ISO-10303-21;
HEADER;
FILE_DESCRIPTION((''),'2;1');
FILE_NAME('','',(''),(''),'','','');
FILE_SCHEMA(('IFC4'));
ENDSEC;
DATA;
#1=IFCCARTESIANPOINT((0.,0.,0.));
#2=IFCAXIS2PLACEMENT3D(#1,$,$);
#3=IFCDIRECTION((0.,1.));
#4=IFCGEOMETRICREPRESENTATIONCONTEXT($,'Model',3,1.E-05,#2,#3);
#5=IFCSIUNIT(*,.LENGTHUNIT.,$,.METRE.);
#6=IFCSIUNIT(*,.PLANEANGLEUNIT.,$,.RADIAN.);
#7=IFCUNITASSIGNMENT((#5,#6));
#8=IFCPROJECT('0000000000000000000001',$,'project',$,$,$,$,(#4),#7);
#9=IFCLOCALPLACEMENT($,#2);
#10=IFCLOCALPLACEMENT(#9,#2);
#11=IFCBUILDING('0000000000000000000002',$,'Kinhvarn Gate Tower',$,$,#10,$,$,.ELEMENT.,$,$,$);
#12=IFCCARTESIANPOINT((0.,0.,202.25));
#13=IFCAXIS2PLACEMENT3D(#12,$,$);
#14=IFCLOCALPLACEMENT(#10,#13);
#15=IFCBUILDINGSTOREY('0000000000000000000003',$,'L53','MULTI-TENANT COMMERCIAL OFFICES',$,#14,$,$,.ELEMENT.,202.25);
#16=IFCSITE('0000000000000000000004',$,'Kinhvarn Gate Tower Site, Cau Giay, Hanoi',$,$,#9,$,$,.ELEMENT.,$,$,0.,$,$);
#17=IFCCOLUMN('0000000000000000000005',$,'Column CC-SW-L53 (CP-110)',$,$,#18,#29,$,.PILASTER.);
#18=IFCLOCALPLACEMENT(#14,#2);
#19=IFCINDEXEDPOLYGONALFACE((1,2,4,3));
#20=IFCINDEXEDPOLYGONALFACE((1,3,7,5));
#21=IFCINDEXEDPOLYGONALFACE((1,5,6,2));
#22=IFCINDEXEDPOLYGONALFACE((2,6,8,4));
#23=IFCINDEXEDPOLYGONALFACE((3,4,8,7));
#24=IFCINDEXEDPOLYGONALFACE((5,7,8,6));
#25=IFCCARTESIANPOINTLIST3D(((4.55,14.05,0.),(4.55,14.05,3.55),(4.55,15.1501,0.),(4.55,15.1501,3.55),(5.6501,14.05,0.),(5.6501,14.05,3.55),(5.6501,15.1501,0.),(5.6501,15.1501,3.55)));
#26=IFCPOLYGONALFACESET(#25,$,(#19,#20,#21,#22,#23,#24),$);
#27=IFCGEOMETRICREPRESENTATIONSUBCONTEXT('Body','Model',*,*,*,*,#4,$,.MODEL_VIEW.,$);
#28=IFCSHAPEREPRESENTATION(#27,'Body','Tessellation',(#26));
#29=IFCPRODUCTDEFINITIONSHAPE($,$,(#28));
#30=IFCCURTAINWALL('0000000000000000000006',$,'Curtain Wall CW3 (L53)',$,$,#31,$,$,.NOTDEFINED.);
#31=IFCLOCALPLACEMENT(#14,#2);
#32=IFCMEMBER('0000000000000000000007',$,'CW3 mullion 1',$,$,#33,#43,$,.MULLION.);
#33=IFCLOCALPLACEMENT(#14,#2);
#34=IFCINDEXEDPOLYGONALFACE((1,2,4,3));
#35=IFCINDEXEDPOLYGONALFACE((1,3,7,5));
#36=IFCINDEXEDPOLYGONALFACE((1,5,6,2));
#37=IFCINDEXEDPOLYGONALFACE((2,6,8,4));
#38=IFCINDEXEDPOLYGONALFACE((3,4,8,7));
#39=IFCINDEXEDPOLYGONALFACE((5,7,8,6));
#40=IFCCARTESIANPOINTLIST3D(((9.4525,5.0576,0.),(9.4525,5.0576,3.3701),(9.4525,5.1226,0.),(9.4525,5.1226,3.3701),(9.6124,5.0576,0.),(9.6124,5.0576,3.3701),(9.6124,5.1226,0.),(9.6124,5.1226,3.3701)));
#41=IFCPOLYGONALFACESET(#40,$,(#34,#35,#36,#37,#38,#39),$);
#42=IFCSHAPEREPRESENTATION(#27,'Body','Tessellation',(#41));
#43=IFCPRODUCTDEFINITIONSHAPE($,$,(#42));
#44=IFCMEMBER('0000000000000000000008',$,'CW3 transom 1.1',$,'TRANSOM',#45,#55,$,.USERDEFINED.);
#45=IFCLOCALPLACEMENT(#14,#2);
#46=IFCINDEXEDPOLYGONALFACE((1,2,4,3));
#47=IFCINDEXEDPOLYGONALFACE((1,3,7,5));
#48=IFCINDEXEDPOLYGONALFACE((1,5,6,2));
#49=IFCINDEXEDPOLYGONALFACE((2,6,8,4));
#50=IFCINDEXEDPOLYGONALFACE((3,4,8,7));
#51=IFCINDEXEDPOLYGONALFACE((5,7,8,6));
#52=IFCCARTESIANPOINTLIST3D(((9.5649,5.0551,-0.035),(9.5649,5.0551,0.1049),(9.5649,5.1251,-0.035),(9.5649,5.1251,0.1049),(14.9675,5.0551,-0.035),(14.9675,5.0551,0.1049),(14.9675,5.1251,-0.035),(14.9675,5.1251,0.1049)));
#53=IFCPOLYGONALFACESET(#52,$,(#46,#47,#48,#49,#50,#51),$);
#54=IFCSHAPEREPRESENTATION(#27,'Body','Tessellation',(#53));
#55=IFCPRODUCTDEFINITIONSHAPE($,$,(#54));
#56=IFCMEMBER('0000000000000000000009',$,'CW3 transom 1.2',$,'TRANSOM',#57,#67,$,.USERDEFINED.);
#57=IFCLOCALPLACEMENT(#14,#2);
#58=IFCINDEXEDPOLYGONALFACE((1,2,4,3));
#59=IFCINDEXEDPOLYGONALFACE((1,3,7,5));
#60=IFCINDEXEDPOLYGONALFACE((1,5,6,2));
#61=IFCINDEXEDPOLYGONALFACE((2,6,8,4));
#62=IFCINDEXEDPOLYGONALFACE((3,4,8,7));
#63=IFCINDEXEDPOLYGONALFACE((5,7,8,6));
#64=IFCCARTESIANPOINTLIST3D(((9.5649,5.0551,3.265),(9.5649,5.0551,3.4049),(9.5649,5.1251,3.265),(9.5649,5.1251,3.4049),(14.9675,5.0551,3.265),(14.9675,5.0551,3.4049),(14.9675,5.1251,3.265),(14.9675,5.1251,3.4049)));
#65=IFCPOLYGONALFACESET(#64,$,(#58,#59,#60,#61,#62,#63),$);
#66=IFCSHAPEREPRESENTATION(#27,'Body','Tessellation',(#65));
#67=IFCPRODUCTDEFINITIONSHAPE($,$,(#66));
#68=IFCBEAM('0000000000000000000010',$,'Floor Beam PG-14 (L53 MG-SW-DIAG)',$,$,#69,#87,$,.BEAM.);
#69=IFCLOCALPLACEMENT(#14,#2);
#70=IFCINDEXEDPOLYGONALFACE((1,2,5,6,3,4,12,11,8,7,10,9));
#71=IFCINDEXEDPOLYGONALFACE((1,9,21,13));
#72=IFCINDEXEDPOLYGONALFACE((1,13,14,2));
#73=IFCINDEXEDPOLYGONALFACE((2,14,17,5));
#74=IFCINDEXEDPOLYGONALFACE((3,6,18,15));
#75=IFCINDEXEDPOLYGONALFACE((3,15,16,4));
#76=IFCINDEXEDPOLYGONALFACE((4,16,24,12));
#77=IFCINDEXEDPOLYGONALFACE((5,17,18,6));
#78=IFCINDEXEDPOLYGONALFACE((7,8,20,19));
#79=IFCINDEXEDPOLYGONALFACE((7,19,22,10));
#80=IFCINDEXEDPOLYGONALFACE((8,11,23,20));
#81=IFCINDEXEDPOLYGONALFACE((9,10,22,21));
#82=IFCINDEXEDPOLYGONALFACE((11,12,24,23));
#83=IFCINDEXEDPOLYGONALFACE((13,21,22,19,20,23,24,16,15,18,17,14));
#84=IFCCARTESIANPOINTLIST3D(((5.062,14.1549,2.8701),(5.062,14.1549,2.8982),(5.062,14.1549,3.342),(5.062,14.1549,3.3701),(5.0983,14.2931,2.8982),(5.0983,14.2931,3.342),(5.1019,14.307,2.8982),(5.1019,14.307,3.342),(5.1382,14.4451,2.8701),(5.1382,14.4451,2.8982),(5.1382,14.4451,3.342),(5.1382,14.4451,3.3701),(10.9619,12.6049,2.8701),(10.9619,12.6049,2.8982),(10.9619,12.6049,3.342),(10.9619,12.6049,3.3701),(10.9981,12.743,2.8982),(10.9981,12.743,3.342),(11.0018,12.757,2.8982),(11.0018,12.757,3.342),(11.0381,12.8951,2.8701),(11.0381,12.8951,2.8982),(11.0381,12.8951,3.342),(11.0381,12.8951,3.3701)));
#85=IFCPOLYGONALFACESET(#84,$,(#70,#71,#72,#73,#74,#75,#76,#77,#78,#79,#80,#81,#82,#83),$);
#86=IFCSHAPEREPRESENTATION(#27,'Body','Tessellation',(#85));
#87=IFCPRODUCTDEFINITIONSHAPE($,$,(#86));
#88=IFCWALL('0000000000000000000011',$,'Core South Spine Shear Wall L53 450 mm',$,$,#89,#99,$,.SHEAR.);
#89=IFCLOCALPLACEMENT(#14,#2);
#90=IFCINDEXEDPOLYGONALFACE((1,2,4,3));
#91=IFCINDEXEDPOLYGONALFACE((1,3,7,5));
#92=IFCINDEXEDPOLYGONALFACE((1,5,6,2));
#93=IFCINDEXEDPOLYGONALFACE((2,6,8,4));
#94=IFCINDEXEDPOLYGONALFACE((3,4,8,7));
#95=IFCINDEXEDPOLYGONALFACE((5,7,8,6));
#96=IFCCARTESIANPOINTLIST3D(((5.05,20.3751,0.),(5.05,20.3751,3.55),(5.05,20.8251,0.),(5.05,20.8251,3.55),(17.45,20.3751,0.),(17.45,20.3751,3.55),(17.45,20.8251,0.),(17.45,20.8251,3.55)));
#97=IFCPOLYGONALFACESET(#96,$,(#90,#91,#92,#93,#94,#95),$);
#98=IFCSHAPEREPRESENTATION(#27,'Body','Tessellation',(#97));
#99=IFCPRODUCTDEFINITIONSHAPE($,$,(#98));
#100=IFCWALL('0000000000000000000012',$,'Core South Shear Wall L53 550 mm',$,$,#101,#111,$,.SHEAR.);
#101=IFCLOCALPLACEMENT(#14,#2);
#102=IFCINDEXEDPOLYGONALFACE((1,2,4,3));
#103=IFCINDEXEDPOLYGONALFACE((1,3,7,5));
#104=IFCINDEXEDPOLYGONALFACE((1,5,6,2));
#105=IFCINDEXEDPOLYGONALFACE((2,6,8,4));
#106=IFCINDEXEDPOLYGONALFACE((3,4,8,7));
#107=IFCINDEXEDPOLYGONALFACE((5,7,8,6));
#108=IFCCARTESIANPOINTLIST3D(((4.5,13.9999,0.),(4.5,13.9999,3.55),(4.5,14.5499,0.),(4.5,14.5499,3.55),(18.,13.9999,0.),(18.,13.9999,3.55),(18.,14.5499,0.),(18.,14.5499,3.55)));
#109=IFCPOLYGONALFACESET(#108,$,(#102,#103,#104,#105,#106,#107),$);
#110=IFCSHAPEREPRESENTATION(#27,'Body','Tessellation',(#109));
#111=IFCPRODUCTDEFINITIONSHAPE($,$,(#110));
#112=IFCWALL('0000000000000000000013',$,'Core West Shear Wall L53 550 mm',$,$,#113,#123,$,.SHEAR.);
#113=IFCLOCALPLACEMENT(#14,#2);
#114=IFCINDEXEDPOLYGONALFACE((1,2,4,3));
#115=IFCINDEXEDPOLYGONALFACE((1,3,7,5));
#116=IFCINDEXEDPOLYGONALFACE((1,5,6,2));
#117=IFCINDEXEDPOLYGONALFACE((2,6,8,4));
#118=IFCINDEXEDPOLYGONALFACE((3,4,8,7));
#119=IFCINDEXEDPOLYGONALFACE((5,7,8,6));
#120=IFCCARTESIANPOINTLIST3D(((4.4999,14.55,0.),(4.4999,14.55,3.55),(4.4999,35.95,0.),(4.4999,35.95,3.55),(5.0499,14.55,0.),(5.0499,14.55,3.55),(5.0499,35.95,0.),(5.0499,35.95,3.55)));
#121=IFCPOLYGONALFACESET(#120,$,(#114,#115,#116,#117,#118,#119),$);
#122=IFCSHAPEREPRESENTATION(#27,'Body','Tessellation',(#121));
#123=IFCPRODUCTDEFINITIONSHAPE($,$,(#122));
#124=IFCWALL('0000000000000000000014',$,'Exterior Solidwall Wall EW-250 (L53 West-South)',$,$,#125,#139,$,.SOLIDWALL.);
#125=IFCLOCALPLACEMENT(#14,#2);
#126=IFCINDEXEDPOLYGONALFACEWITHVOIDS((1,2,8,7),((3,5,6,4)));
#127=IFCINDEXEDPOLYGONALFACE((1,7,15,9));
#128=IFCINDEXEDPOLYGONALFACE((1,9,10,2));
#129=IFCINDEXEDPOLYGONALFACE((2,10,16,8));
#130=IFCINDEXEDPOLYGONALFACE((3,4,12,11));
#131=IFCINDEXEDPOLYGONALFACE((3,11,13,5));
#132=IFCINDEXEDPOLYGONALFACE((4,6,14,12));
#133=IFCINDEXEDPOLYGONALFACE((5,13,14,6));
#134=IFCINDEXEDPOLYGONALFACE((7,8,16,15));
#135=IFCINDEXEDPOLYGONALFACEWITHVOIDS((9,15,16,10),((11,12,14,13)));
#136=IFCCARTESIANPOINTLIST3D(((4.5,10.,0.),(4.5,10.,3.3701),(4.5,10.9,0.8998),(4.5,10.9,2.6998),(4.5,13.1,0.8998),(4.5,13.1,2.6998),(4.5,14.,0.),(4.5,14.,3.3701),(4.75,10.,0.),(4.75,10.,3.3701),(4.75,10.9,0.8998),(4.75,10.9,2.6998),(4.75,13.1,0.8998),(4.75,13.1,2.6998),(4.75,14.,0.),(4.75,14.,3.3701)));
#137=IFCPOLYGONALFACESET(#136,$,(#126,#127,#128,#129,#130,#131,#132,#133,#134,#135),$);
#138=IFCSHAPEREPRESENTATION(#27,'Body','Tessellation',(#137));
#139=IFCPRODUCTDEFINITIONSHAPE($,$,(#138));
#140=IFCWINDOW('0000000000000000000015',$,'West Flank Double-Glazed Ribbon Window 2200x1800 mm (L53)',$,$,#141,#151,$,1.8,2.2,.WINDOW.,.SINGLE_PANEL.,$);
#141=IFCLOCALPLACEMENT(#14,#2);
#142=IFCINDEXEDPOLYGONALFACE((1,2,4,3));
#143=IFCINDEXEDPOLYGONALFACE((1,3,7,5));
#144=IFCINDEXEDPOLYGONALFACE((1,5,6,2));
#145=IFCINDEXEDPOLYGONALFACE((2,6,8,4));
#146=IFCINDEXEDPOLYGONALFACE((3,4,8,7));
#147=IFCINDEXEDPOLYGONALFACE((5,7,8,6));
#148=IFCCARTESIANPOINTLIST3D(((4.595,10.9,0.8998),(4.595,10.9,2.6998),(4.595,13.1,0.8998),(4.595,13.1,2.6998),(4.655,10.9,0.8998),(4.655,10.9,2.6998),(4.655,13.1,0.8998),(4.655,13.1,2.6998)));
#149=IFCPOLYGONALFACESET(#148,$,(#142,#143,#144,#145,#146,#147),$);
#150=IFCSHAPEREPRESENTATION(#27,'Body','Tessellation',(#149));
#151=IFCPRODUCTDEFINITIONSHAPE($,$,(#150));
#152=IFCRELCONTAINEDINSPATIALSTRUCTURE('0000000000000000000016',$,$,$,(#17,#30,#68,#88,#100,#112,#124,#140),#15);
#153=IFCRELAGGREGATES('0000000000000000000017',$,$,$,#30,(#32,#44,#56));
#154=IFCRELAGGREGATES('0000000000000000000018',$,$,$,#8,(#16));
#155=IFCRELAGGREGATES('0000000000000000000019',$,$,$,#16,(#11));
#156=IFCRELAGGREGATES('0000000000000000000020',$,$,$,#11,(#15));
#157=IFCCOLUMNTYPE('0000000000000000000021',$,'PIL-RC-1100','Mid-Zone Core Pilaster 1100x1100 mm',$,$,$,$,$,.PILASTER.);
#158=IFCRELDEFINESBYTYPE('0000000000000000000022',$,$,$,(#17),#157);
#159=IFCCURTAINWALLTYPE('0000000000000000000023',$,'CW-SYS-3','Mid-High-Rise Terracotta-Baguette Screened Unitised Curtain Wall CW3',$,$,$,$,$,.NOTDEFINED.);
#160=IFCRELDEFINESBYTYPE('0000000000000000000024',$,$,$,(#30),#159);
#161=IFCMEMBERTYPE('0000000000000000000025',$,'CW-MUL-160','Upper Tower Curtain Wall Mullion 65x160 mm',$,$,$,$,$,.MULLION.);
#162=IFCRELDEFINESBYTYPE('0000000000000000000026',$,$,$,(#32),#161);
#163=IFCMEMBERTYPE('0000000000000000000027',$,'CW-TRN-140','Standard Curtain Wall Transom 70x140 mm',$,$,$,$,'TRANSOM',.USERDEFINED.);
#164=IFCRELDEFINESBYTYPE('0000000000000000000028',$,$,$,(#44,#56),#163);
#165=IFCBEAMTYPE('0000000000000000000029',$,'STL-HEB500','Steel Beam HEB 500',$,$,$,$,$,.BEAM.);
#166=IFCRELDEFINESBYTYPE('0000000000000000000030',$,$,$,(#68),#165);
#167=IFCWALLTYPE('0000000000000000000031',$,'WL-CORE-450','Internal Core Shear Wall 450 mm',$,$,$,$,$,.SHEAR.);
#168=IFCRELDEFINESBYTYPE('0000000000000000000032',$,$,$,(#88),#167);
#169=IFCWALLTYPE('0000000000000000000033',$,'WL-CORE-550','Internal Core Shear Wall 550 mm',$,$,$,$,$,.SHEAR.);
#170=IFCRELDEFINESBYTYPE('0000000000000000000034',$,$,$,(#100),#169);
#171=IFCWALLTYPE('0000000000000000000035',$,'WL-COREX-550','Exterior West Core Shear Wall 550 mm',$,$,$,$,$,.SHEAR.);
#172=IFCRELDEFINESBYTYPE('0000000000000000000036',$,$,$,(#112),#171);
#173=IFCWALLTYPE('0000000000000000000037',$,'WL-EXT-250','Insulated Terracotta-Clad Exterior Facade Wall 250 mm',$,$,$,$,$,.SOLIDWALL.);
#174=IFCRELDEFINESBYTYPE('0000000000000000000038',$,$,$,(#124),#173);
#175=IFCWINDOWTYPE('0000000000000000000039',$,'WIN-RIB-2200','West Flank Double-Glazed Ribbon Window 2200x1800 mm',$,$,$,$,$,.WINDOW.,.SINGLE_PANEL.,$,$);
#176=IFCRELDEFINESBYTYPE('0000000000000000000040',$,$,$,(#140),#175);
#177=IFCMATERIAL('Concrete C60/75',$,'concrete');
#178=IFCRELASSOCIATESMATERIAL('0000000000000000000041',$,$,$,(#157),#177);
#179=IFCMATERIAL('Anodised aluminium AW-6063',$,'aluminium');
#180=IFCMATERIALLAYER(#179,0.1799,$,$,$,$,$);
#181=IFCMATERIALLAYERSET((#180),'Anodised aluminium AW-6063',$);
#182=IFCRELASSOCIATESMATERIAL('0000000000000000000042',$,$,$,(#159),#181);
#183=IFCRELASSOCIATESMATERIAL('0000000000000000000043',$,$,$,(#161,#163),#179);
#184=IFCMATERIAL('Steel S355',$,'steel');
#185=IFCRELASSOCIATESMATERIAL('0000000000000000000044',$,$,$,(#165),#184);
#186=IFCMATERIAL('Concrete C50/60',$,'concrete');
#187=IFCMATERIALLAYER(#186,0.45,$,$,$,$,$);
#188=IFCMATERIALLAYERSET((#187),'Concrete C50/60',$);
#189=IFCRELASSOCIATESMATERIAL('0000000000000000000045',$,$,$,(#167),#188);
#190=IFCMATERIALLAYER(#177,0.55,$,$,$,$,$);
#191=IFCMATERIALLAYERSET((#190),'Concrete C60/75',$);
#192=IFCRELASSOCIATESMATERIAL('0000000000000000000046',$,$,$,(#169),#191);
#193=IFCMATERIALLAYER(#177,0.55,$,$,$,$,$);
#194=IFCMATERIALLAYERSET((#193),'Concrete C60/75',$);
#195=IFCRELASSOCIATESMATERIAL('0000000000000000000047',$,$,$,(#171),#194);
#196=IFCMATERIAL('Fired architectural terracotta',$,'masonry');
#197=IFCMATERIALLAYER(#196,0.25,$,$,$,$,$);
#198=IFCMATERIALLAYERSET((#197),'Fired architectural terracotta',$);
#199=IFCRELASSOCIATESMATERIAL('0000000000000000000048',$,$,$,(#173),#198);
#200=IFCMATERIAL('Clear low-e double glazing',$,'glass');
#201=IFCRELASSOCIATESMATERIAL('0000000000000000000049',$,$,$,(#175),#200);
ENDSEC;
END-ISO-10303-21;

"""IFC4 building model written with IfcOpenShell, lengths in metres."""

from ifc_helpers import new_model, si_unit, direction, frame, frame_2d, origin, origin_2d, place, context, subcontext, project, spatial, rectangle, i_section, extrude, material, layer, layer_set, material_profile, profile_set, type_object, element, fill, aggregate, save


model = new_model("IFC4")

# Units and contexts
model_context = context("Model", 3, precision=1e-05, world=origin(), true_north=direction((0.0, 1.0)))
body_context = subcontext(model_context, "Body", "Model", "MODEL_VIEW")
ifc_project = project(units=[si_unit("LENGTHUNIT", "METRE"), si_unit("PLANEANGLEUNIT", "RADIAN")], contexts=[model_context])

# Site, building, storey
site_placement = place(None, origin())
site = spatial("IfcSite", under=ifc_project, at=site_placement, Name="Kinhvarn Gate Tower Site, Cau Giay, Hanoi", CompositionType="ELEMENT", RefElevation=0.0)
building_placement = place(site_placement, origin())
building = spatial("IfcBuilding", under=site, at=building_placement, Name="Kinhvarn Gate Tower", CompositionType="ELEMENT")
storey_placement = place(building_placement, frame((0.0, 0.0, 202.25)))
storey = spatial("IfcBuildingStorey", under=building, at=storey_placement, Name="L53", Description="MULTI-TENANT COMMERCIAL OFFICES", CompositionType="ELEMENT", Elevation=202.25)

# Column
ifc_material_1 = material(Name="Concrete C60/75", Category="concrete")
ifc_material_profile_1 = material_profile(ifc_material_1, rectangle(XDim=1.1001, YDim=1.1001, at=origin_2d()), Name="RC 1100x1100")
ifc_profile_set_1 = profile_set([ifc_material_profile_1], Name="Concrete C60/75")
column_type = type_object("IfcColumnType", Name="PIL-RC-1100", Description="Mid-Zone Core Pilaster 1100x1100 mm", PredefinedType="PILASTER", material=ifc_profile_set_1)
column_placement = place(storey_placement, frame((5.1001, 14.6001, 0.0), z_axis=(0.0, 0.0, 1.0), x_axis=(1.0, 0.0, 0.0)))
element("IfcColumn", 1, at=column_placement, inside=storey, type_object=column_type, Name="Column CC-SW-L53 (CP-110)", PredefinedType="PILASTER", context=body_context, shape_type="SweptSolid", body=[
    extrude(rectangle(XDim=1.1001, YDim=1.1001, at=origin_2d()), origin(), (0.0, 0.0, 1.0), 3.55),
])

# Curtain wall, members
ifc_material_2 = material(Name="Anodised aluminium AW-6063", Category="aluminium")
ifc_layer_1 = layer(ifc_material_2, 0.1799)
ifc_layer_set_1 = layer_set([ifc_layer_1], Name="Anodised aluminium AW-6063")
curtain_wall_type = type_object("IfcCurtainWallType", Name="CW-SYS-3", Description="Mid-High-Rise Terracotta-Baguette Screened Unitised Curtain Wall CW3", PredefinedType="NOTDEFINED", material=ifc_layer_set_1)
curtain_wall_placement = place(storey_placement, origin())
curtain_wall = element("IfcCurtainWall", 2, at=curtain_wall_placement, inside=storey, type_object=curtain_wall_type, Name="Curtain Wall CW3 (L53)", PredefinedType="NOTDEFINED")
ifc_material_profile_2 = material_profile(ifc_material_2, rectangle(XDim=0.0649, YDim=0.1599, at=origin_2d()), Name="ALU 65x160")
ifc_profile_set_2 = profile_set([ifc_material_profile_2], Name="Anodised aluminium AW-6063")
member_type_1 = type_object("IfcMemberType", Name="CW-MUL-160", Description="Upper Tower Curtain Wall Mullion 65x160 mm", PredefinedType="MULLION", material=ifc_profile_set_2)
member_1_placement = place(storey_placement, frame((9.5325, 5.0901, 0.0), z_axis=(0.0, 0.0, 1.0), x_axis=(0.0, 1.0, 0.0)))
member_1 = element("IfcMember", 3, at=member_1_placement, type_object=member_type_1, Name="CW3 mullion 1", PredefinedType="MULLION", context=body_context, shape_type="SweptSolid", body=[
    extrude(rectangle(XDim=0.0649, YDim=0.1599, at=origin_2d()), origin(), (0.0, 0.0, 1.0), 3.3701),
])
ifc_material_profile_3 = material_profile(ifc_material_2, rectangle(XDim=0.0701, YDim=0.1399, at=origin_2d()), Name="ALU 70x140")
ifc_profile_set_3 = profile_set([ifc_material_profile_3], Name="Anodised aluminium AW-6063")
member_type_2 = type_object("IfcMemberType", Name="CW-TRN-140", Description="Standard Curtain Wall Transom 70x140 mm", ElementType="TRANSOM", PredefinedType="USERDEFINED", material=ifc_profile_set_3)
member_2_placement = place(storey_placement, frame((9.5649, 5.0901, 0.0349), z_axis=(1.0, 0.0, 0.0), x_axis=(0.0, 1.0, 0.0)))
member_2 = element("IfcMember", 4, at=member_2_placement, type_object=member_type_2, Name="CW3 transom 1.1", ObjectType="TRANSOM", PredefinedType="USERDEFINED", context=body_context, shape_type="SweptSolid", body=[
    extrude(rectangle(XDim=0.0701, YDim=0.1399, at=origin_2d()), origin(), (0.0, 0.0, 1.0), 5.4026),
])
member_3_placement = place(storey_placement, frame((9.5649, 5.0901, 3.335), z_axis=(1.0, 0.0, 0.0), x_axis=(0.0, 1.0, 0.0)))
member_3 = element("IfcMember", 5, at=member_3_placement, type_object=member_type_2, Name="CW3 transom 1.2", ObjectType="TRANSOM", PredefinedType="USERDEFINED", context=body_context, shape_type="SweptSolid", body=[
    extrude(rectangle(XDim=0.0701, YDim=0.1399, at=origin_2d()), origin(), (0.0, 0.0, 1.0), 5.4026),
])
aggregate(curtain_wall, [member_1, member_2, member_3])

# Beam
ifc_material_3 = material(Name="Steel S355", Category="steel")
ifc_material_profile_4 = material_profile(ifc_material_3, i_section(OverallWidth=0.3, OverallDepth=0.5, WebThickness=0.0144, FlangeThickness=0.0281, at=origin_2d()), Name="HEB 500")
ifc_profile_set_4 = profile_set([ifc_material_profile_4], Name="Steel S355")
beam_type = type_object("IfcBeamType", Name="STL-HEB500", Description="Steel Beam HEB 500", PredefinedType="BEAM", material=ifc_profile_set_4)
beam_placement = place(storey_placement, frame((5.1001, 14.3, 3.1201), z_axis=(0.967178, -0.254101, 0.0), x_axis=(0.254101, 0.967178, 0.0)))
element("IfcBeam", 6, at=beam_placement, inside=storey, type_object=beam_type, Name="Floor Beam PG-14 (L53 MG-SW-DIAG)", PredefinedType="BEAM", context=body_context, shape_type="SweptSolid", body=[
    extrude(i_section(OverallWidth=0.3, OverallDepth=0.5, WebThickness=0.0144, FlangeThickness=0.0281, at=origin_2d()), origin(), (0.0, 0.0, 1.0), 6.1001),
])

# Walls
ifc_material_4 = material(Name="Concrete C50/60", Category="concrete")
ifc_layer_2 = layer(ifc_material_4, 0.45)
ifc_layer_set_2 = layer_set([ifc_layer_2], Name="Concrete C50/60")
wall_type_1 = type_object("IfcWallType", Name="WL-CORE-450", Description="Internal Core Shear Wall 450 mm", PredefinedType="SHEAR", material=ifc_layer_set_2)
wall_1_placement = place(storey_placement, frame((5.05, 20.6001, 0.0), z_axis=(0.0, 0.0, 1.0), x_axis=(1.0, 0.0, 0.0)))
element("IfcWall", 7, at=wall_1_placement, inside=storey, type_object=wall_type_1, Name="Core South Spine Shear Wall L53 450 mm", PredefinedType="SHEAR", context=body_context, shape_type="SweptSolid", body=[
    extrude(rectangle(XDim=12.3999, YDim=0.45, at=frame_2d((6.2, 0.0))), origin(), (0.0, 0.0, 1.0), 3.55),
])
ifc_layer_3 = layer(ifc_material_1, 0.55)
ifc_layer_set_3 = layer_set([ifc_layer_3], Name="Concrete C60/75")
wall_type_2 = type_object("IfcWallType", Name="WL-CORE-550", Description="Internal Core Shear Wall 550 mm", PredefinedType="SHEAR", material=ifc_layer_set_3)
wall_2_placement = place(storey_placement, frame((4.5, 14.2749, 0.0), z_axis=(0.0, 0.0, 1.0), x_axis=(1.0, 0.0, 0.0)))
element("IfcWall", 8, at=wall_2_placement, inside=storey, type_object=wall_type_2, Name="Core South Shear Wall L53 550 mm", PredefinedType="SHEAR", context=body_context, shape_type="SweptSolid", body=[
    extrude(rectangle(XDim=13.5, YDim=0.55, at=frame_2d((6.75, 0.0))), origin(), (0.0, 0.0, 1.0), 3.55),
])
ifc_layer_4 = layer(ifc_material_1, 0.55)
ifc_layer_set_4 = layer_set([ifc_layer_4], Name="Concrete C60/75")
wall_type_3 = type_object("IfcWallType", Name="WL-COREX-550", Description="Exterior West Core Shear Wall 550 mm", PredefinedType="SHEAR", material=ifc_layer_set_4)
wall_3_placement = place(storey_placement, frame((4.7749, 14.55, 0.0), z_axis=(0.0, 0.0, 1.0), x_axis=(0.0, 1.0, 0.0)))
element("IfcWall", 9, at=wall_3_placement, inside=storey, type_object=wall_type_3, Name="Core West Shear Wall L53 550 mm", PredefinedType="SHEAR", context=body_context, shape_type="SweptSolid", body=[
    extrude(rectangle(XDim=21.3999, YDim=0.55, at=frame_2d((10.7, 0.0))), origin(), (0.0, 0.0, 1.0), 3.55),
])

# Wall, opening, window
ifc_material_5 = material(Name="Fired architectural terracotta", Category="masonry")
ifc_layer_5 = layer(ifc_material_5, 0.25)
ifc_layer_set_5 = layer_set([ifc_layer_5], Name="Fired architectural terracotta")
wall_type_4 = type_object("IfcWallType", Name="WL-EXT-250", Description="Insulated Terracotta-Clad Exterior Facade Wall 250 mm", PredefinedType="SOLIDWALL", material=ifc_layer_set_5)
wall_4_placement = place(storey_placement, frame((4.625, 14.0, 0.0), z_axis=(0.0, 0.0, 1.0), x_axis=(0.0, -1.0, 0.0)))
wall_4 = element("IfcWall", 10, at=wall_4_placement, inside=storey, type_object=wall_type_4, Name="Exterior Solidwall Wall EW-250 (L53 West-South)", PredefinedType="SOLIDWALL", context=body_context, shape_type="SweptSolid", body=[
    extrude(rectangle(XDim=4.0, YDim=0.25, at=frame_2d((2.0, 0.0))), origin(), (0.0, 0.0, 1.0), 3.3701),
])
opening_1_placement = place(wall_4_placement, frame((0.8999, 0.0, 0.8999)))
opening_1 = element("IfcOpeningElement", 11, at=opening_1_placement, cuts=wall_4, PredefinedType="OPENING", context=body_context, shape_type="SweptSolid", body=[
    extrude(rectangle(XDim=2.2, YDim=1.8, at=frame_2d((1.1001, 0.8999))), frame((0.0, 0.135, 0.0), z_axis=(0.0, -1.0, 0.0), x_axis=(1.0, 0.0, 0.0)), (0.0, 0.0, 1.0), 0.27),
])
ifc_material_6 = material(Name="Clear low-e double glazing", Category="glass")
window_type_1 = type_object("IfcWindowType", Name="WIN-RIB-2200", Description="West Flank Double-Glazed Ribbon Window 2200x1800 mm", PartitioningType="SINGLE_PANEL", PredefinedType="WINDOW", material=ifc_material_6)
window_1_placement = place(opening_1_placement, origin())
window_1 = element("IfcWindow", 12, at=window_1_placement, inside=storey, type_object=window_type_1, Name="West Flank Double-Glazed Ribbon Window 2200x1800 mm (L53)", OverallHeight=1.8, OverallWidth=2.2, PartitioningType="SINGLE_PANEL", PredefinedType="WINDOW", context=body_context, shape_type="SweptSolid", body=[
    extrude(rectangle(XDim=2.2, YDim=1.8, at=frame_2d((1.1001, 0.8999))), frame((0.0, 0.03, 0.0), z_axis=(0.0, -1.0, 0.0), x_axis=(1.0, 0.0, 0.0)), (0.0, 0.0, 1.0), 0.0601),
])
fill(opening_1, window_1)

save(model, "model.ifc")
